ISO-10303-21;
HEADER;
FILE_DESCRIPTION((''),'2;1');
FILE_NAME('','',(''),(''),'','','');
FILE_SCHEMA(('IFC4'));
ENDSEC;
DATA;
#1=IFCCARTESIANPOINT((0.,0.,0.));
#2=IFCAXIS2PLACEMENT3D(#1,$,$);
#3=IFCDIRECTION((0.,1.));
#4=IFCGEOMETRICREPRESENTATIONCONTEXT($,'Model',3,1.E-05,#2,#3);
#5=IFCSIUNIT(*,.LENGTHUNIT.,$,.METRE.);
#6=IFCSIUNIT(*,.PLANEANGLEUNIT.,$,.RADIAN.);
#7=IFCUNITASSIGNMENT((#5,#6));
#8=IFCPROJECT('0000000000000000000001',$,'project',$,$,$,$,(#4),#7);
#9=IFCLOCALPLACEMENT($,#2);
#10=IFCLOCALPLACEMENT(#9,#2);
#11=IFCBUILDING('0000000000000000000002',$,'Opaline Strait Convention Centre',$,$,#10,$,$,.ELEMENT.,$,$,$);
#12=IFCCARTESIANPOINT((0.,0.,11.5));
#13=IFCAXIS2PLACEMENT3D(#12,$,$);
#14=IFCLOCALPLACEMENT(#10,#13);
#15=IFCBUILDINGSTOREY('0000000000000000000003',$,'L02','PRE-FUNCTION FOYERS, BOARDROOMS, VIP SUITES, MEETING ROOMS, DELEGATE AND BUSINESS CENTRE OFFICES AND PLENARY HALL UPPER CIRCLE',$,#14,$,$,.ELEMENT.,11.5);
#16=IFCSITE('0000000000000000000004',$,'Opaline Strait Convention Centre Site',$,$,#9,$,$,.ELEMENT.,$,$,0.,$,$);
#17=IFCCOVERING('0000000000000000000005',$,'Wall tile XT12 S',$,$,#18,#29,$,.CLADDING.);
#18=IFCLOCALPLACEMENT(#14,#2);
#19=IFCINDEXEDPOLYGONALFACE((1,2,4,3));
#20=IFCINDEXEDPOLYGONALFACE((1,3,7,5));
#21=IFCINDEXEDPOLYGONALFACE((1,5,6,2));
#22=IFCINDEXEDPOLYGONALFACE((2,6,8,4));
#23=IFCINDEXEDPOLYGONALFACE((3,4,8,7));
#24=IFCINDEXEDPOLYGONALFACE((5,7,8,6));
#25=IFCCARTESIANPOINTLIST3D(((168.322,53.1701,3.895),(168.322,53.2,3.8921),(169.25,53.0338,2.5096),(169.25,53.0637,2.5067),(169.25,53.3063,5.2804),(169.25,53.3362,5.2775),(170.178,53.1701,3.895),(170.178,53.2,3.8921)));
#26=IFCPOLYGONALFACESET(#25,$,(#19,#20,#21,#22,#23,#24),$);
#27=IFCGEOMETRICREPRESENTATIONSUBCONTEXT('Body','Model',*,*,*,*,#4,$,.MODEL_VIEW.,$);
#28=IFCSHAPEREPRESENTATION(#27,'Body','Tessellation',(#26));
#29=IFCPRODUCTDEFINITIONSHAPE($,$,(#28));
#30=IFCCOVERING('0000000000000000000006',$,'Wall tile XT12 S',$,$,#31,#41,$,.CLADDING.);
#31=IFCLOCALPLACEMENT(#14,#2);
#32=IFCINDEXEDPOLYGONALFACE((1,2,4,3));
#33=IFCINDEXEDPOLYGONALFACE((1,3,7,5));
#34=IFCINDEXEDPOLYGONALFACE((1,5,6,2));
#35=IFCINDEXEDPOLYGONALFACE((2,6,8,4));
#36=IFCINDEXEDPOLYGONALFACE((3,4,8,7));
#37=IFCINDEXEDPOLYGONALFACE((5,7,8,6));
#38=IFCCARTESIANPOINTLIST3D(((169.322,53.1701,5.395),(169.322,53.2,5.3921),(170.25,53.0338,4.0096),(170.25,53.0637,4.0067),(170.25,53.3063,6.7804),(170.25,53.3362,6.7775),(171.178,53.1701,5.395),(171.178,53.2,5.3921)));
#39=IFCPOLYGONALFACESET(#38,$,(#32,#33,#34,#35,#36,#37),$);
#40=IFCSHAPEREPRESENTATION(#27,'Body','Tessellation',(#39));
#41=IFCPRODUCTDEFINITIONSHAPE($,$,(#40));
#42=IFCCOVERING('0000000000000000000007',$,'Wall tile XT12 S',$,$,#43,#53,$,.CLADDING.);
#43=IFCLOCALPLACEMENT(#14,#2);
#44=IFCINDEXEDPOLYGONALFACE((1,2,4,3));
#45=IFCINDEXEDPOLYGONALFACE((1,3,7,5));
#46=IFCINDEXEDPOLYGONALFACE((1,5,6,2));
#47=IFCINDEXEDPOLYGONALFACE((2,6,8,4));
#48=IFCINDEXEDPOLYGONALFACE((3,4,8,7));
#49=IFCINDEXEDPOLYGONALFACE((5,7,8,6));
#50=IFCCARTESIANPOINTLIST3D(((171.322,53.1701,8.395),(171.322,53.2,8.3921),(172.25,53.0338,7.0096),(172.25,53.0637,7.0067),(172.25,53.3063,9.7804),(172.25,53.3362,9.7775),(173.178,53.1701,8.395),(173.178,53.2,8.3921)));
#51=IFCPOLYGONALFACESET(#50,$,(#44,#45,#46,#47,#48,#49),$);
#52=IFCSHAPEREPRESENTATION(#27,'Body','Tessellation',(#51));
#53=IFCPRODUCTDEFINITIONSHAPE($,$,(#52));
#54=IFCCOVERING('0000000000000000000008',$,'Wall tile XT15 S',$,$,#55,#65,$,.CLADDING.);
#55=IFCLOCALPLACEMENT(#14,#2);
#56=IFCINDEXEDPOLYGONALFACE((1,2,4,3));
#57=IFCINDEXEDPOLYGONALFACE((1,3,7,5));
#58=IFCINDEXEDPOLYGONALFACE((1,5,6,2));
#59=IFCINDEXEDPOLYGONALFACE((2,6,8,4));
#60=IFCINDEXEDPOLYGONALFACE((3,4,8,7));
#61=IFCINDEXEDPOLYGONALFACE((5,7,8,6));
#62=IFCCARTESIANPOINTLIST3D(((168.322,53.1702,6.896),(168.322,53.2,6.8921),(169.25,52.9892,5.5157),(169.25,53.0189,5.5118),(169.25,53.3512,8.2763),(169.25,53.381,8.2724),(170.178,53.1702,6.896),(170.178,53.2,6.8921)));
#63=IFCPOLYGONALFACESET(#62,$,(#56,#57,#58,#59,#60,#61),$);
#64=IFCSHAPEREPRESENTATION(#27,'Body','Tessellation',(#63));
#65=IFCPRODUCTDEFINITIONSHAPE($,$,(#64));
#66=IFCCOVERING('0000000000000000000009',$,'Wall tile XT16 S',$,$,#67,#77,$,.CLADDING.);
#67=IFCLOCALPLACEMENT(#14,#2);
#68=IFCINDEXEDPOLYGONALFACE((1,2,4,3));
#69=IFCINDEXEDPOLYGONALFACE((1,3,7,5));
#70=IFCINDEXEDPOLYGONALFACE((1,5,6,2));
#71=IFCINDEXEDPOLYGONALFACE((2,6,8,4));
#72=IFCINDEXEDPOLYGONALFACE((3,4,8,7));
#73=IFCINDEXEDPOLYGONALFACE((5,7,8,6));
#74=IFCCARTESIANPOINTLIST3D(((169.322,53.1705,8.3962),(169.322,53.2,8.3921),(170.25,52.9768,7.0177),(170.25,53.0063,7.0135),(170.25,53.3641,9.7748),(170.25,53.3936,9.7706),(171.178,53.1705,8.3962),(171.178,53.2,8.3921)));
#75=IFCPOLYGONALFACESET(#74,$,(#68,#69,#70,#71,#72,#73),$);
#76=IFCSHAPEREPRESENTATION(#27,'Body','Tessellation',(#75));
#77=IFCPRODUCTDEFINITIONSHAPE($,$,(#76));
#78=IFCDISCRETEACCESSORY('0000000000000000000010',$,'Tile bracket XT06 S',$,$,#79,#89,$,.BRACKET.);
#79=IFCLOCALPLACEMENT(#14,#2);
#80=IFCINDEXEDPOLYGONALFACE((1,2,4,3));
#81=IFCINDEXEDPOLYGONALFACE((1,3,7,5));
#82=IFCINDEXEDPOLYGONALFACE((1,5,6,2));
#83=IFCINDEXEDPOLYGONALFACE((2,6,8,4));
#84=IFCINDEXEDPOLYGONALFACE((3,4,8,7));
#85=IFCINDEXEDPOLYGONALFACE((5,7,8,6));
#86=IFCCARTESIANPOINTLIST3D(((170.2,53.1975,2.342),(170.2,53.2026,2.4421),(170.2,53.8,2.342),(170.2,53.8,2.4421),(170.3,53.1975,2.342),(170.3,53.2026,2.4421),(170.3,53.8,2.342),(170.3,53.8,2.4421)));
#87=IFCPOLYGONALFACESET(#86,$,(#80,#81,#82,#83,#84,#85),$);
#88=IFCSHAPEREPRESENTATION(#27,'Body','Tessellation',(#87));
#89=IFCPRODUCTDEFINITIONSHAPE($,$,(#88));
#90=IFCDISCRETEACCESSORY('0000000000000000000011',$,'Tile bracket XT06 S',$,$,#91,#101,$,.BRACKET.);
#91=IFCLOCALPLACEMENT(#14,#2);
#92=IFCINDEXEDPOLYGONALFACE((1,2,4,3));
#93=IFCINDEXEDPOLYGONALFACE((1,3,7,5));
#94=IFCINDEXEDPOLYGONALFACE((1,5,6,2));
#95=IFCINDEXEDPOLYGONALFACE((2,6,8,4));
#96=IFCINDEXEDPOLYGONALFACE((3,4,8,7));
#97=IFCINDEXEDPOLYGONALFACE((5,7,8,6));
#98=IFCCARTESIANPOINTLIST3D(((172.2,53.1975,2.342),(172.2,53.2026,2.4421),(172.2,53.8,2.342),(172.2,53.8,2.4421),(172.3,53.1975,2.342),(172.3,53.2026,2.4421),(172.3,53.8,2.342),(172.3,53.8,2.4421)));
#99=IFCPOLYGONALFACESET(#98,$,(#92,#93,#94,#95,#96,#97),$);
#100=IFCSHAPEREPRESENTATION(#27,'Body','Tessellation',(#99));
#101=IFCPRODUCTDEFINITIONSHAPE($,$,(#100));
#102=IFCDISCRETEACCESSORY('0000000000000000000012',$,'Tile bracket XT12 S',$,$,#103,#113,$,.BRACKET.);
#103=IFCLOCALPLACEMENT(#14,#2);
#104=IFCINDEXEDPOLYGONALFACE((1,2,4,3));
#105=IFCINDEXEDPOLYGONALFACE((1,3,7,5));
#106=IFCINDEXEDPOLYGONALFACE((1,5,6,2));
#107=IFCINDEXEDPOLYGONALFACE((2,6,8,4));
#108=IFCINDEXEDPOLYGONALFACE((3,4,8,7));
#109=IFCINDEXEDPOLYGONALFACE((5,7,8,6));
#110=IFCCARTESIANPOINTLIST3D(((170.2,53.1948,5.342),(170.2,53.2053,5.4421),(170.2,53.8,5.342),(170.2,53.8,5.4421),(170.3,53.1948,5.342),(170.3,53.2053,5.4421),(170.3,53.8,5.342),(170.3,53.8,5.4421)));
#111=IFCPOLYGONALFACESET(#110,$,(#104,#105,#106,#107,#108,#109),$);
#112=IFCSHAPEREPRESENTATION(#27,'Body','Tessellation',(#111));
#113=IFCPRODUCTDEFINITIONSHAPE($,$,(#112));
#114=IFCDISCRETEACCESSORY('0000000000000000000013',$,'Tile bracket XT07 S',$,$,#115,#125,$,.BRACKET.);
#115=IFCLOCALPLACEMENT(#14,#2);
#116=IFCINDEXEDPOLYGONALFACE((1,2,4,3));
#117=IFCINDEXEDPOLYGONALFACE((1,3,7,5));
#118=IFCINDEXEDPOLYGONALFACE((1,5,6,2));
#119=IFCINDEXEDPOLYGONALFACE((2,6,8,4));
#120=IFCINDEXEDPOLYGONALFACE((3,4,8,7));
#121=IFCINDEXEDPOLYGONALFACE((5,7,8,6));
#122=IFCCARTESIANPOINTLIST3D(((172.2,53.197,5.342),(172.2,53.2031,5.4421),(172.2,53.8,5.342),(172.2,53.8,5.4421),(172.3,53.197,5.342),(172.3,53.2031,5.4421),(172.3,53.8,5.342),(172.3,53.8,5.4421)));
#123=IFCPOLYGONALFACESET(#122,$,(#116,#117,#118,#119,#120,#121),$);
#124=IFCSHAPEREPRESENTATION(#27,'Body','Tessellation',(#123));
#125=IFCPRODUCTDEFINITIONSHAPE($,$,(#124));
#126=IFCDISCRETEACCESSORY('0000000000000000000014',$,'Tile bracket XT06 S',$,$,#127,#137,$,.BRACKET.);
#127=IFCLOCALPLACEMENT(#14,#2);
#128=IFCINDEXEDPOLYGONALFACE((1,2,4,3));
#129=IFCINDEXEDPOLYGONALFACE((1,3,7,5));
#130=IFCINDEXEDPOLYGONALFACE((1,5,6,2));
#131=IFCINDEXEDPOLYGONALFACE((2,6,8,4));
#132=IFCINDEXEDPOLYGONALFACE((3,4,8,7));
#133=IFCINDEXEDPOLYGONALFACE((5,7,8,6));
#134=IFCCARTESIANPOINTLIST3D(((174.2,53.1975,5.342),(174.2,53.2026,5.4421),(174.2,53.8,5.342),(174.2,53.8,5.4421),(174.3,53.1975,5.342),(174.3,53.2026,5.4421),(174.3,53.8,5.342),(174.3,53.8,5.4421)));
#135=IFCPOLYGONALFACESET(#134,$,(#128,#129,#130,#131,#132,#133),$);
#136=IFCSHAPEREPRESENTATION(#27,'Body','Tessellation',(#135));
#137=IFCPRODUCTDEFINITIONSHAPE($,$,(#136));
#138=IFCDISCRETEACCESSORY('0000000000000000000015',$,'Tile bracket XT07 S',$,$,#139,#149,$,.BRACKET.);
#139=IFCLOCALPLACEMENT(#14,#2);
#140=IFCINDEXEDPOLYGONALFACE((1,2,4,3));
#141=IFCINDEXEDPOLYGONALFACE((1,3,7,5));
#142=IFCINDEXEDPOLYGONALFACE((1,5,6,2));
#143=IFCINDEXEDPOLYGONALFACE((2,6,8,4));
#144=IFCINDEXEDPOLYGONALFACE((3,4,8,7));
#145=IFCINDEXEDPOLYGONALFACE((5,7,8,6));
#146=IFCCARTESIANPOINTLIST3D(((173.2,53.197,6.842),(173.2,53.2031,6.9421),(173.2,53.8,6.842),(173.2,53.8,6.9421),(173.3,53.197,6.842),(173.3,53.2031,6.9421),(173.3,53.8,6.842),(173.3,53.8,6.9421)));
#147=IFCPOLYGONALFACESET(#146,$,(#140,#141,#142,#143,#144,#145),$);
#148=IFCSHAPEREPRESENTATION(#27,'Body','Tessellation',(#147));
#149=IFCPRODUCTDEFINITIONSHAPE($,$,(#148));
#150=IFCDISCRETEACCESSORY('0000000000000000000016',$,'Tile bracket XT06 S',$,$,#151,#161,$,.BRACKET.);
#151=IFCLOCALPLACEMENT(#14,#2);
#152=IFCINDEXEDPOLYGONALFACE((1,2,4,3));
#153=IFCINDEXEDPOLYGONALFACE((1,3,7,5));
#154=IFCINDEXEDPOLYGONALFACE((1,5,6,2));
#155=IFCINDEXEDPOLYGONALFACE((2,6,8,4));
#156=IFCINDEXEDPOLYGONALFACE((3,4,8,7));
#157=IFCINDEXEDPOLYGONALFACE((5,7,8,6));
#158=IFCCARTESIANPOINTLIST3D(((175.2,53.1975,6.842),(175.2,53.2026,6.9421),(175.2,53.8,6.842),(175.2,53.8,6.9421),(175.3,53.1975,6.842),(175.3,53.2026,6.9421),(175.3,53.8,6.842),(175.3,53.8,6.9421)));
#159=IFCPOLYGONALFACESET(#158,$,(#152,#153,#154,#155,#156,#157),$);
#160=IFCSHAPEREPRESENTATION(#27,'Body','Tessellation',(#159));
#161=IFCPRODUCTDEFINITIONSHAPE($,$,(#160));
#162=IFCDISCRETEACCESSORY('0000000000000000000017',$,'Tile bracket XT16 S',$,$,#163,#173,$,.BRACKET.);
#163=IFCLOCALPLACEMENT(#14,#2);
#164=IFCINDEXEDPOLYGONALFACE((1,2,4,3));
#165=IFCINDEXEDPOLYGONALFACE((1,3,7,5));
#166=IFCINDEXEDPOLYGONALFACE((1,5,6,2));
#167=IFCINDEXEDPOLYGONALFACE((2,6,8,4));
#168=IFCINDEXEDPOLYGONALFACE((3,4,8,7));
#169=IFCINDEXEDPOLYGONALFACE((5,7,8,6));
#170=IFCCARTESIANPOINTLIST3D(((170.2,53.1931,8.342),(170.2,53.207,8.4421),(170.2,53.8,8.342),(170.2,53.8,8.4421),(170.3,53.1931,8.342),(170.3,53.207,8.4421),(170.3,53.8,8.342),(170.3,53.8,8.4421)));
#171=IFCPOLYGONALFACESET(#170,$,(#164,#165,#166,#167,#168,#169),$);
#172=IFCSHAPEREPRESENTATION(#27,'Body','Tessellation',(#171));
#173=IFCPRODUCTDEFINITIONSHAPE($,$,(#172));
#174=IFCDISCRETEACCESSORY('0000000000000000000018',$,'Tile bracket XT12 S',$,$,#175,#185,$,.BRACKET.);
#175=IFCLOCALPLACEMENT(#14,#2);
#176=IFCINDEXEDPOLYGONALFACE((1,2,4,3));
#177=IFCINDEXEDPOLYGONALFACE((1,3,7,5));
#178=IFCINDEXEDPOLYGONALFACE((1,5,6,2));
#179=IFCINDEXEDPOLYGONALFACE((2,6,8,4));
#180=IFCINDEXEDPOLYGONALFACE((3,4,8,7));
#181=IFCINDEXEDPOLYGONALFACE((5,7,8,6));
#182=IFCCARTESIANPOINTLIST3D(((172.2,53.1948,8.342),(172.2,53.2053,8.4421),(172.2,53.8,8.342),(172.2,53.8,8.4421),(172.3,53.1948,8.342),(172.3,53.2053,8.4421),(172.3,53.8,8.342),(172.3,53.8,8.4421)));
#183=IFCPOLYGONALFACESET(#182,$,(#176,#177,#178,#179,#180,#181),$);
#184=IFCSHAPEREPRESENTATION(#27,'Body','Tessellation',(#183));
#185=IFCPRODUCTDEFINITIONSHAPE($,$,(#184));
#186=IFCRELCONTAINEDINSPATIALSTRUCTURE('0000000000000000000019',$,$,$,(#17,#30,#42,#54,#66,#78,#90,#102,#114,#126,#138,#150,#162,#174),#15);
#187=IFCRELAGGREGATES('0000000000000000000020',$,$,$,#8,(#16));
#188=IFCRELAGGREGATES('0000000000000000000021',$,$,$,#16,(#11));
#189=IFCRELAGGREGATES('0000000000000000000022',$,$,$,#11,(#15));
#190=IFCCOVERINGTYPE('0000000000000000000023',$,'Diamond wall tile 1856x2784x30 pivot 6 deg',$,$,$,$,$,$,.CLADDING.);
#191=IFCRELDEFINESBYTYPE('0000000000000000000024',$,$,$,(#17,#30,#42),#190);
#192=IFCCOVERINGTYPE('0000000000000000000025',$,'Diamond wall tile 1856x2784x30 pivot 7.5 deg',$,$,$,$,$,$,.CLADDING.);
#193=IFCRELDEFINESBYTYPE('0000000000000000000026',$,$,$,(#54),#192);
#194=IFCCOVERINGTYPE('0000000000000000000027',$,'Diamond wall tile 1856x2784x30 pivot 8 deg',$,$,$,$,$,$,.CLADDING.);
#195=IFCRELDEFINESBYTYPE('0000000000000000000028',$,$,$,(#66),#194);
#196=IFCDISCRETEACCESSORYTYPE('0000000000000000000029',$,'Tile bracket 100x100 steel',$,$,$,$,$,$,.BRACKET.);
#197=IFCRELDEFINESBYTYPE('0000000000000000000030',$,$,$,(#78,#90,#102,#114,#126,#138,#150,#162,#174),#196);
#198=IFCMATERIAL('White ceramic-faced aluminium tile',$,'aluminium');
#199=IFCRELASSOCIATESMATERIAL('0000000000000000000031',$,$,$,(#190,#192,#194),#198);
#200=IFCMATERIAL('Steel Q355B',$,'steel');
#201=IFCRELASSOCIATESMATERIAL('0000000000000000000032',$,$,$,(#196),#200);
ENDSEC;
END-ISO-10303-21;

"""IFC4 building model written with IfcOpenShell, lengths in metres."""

from ifc_helpers import new_model, si_unit, direction, frame, origin, place, context, subcontext, project, spatial, polyline, outline, extrude, material, material_profile, profile_set, type_object, element, save


model = new_model("IFC4")

# Units and contexts
model_context = context("Model", 3, precision=1e-05, world=origin(), true_north=direction((0.0, 1.0)))
body_context = subcontext(model_context, "Body", "Model", "MODEL_VIEW")
ifc_project = project(units=[si_unit("LENGTHUNIT", "METRE"), si_unit("PLANEANGLEUNIT", "RADIAN")], contexts=[model_context])

# Site, building, storey
site_placement = place(None, origin())
site = spatial("IfcSite", under=ifc_project, at=site_placement, Name="Opaline Strait Convention Centre Site", CompositionType="ELEMENT", RefElevation=0.0)
building_placement = place(site_placement, origin())
building = spatial("IfcBuilding", under=site, at=building_placement, Name="Opaline Strait Convention Centre", CompositionType="ELEMENT")
storey_placement = place(building_placement, frame((0.0, 0.0, 11.5)))
storey = spatial("IfcBuildingStorey", under=building, at=storey_placement, Name="L02", Description="PRE-FUNCTION FOYERS, BOARDROOMS, VIP SUITES, MEETING ROOMS, DELEGATE AND BUSINESS CENTRE OFFICES AND PLENARY HALL UPPER CIRCLE", CompositionType="ELEMENT", Elevation=11.5)

# Shared definitions
ifc_material_1 = material(Name="Steel Q355B", Category="steel")

# Coverings
ifc_material_2 = material(Name="White ceramic-faced aluminium tile", Category="aluminium")
ifc_material_profile_1 = material_profile(ifc_material_2, outline(polyline([(0.928, 0.0), (0.0, 1.3921), (-0.928, 0.0), (0.0, -1.3921), (0.928, 0.0)])), Name="Diamond tile 1856x2784")
ifc_profile_set_1 = profile_set([ifc_material_profile_1], Name="White ceramic-faced aluminium tile")
covering_type_1 = type_object("IfcCoveringType", Name="Diamond wall tile 1856x2784x30 pivot 6 deg", PredefinedType="CLADDING", material=ifc_profile_set_1)
for number, where, z_axis, x_axis, name in (
    (1, (169.25, 53.2, 3.8921), (0.0, -0.995197, 0.097888), (1.0, 0.0, 0.0), "Wall tile XT12 S"),
    (2, (170.25, 53.2, 5.3921), (0.0, -0.995197, 0.097888), (1.0, 0.0, 0.0), "Wall tile XT12 S"),
    (3, (172.25, 53.2, 8.3921), (0.0, -0.995197, 0.097888), (1.0, 0.0, 0.0), "Wall tile XT12 S"),
):
    element("IfcCovering", number, at=place(storey_placement, frame(where, z_axis=z_axis, x_axis=x_axis)), inside=storey, type_object=covering_type_1, Name=name, PredefinedType="CLADDING", context=body_context, shape_type="SweptSolid", body=[
        extrude(outline(polyline([(0.928, 0.0), (0.0, 1.3921), (-0.928, 0.0), (0.0, -1.3921), (0.928, 0.0)])), origin(), (0.0, 0.0, 1.0), 0.03),
    ])
ifc_material_profile_2 = material_profile(ifc_material_2, outline(polyline([(0.928, 0.0), (0.0, 1.3921), (-0.928, 0.0), (0.0, -1.3921), (0.928, 0.0)])), Name="Diamond tile 1856x2784")
ifc_profile_set_2 = profile_set([ifc_material_profile_2], Name="White ceramic-faced aluminium tile")
covering_type_2 = type_object("IfcCoveringType", Name="Diamond wall tile 1856x2784x30 pivot 7.5 deg", PredefinedType="CLADDING", material=ifc_profile_set_2)
covering_1_placement = place(storey_placement, frame((169.25, 53.2, 6.8921), z_axis=(0.0, -0.99151, 0.130034), x_axis=(1.0, 0.0, 0.0)))
element("IfcCovering", 4, at=covering_1_placement, inside=storey, type_object=covering_type_2, Name="Wall tile XT15 S", PredefinedType="CLADDING", context=body_context, shape_type="SweptSolid", body=[
    extrude(outline(polyline([(0.928, 0.0), (0.0, 1.3921), (-0.928, 0.0), (0.0, -1.3921), (0.928, 0.0)])), origin(), (0.0, 0.0, 1.0), 0.03),
])
ifc_material_profile_3 = material_profile(ifc_material_2, outline(polyline([(0.928, 0.0), (0.0, 1.3921), (-0.928, 0.0), (0.0, -1.3921), (0.928, 0.0)])), Name="Diamond tile 1856x2784")
ifc_profile_set_3 = profile_set([ifc_material_profile_3], Name="White ceramic-faced aluminium tile")
covering_type_3 = type_object("IfcCoveringType", Name="Diamond wall tile 1856x2784x30 pivot 8 deg", PredefinedType="CLADDING", material=ifc_profile_set_3)
covering_2_placement = place(storey_placement, frame((170.25, 53.2, 8.3921), z_axis=(0.0, -0.990274, 0.139129), x_axis=(1.0, 0.0, 0.0)))
element("IfcCovering", 5, at=covering_2_placement, inside=storey, type_object=covering_type_3, Name="Wall tile XT16 S", PredefinedType="CLADDING", context=body_context, shape_type="SweptSolid", body=[
    extrude(outline(polyline([(0.928, 0.0), (0.0, 1.3921), (-0.928, 0.0), (0.0, -1.3921), (0.928, 0.0)])), origin(), (0.0, 0.0, 1.0), 0.0298),
])

# Discrete accessories
discrete_accessory_type = type_object("IfcDiscreteAccessoryType", Name="Tile bracket 100x100 steel", PredefinedType="BRACKET", material=ifc_material_1)
for number, where, z_axis, x_axis, name in (
    (6, (170.2, 53.8, 2.3921), (1.0, 0.0, 0.0), (0.0, 1.0, 0.0), "Tile bracket XT06 S"),
    (7, (172.2, 53.8, 2.3921), (1.0, 0.0, 0.0), (0.0, 1.0, 0.0), "Tile bracket XT06 S"),
):
    element("IfcDiscreteAccessory", number, at=place(storey_placement, frame(where, z_axis=z_axis, x_axis=x_axis)), inside=storey, type_object=discrete_accessory_type, Name=name, PredefinedType="BRACKET", context=body_context, shape_type="SweptSolid", body=[
        extrude(outline(polyline([(0.0, -0.05), (0.0, 0.05), (-0.5974, 0.05), (-0.6025, -0.05), (0.0, -0.05)])), origin(), (0.0, 0.0, 1.0), 0.1001),
    ])
discrete_accessory_1_placement = place(storey_placement, frame((170.2, 53.8, 5.3921), z_axis=(1.0, 0.0, 0.0), x_axis=(0.0, 1.0, 0.0)))
element("IfcDiscreteAccessory", 8, at=discrete_accessory_1_placement, inside=storey, type_object=discrete_accessory_type, Name="Tile bracket XT12 S", PredefinedType="BRACKET", context=body_context, shape_type="SweptSolid", body=[
    extrude(outline(polyline([(0.0, -0.05), (0.0, 0.05), (-0.5947, 0.05), (-0.6052, -0.05), (0.0, -0.05)])), origin(), (0.0, 0.0, 1.0), 0.1001),
])
discrete_accessory_2_placement = place(storey_placement, frame((172.2, 53.8, 5.3921), z_axis=(1.0, 0.0, 0.0), x_axis=(0.0, 1.0, 0.0)))
element("IfcDiscreteAccessory", 9, at=discrete_accessory_2_placement, inside=storey, type_object=discrete_accessory_type, Name="Tile bracket XT07 S", PredefinedType="BRACKET", context=body_context, shape_type="SweptSolid", body=[
    extrude(outline(polyline([(0.0, -0.05), (0.0, 0.05), (-0.5969, 0.05), (-0.603, -0.05), (0.0, -0.05)])), origin(), (0.0, 0.0, 1.0), 0.1001),
])
discrete_accessory_3_placement = place(storey_placement, frame((174.2, 53.8, 5.3921), z_axis=(1.0, 0.0, 0.0), x_axis=(0.0, 1.0, 0.0)))
element("IfcDiscreteAccessory", 10, at=discrete_accessory_3_placement, inside=storey, type_object=discrete_accessory_type, Name="Tile bracket XT06 S", PredefinedType="BRACKET", context=body_context, shape_type="SweptSolid", body=[
    extrude(outline(polyline([(0.0, -0.05), (0.0, 0.05), (-0.5974, 0.05), (-0.6025, -0.05), (0.0, -0.05)])), origin(), (0.0, 0.0, 1.0), 0.1001),
])
discrete_accessory_4_placement = place(storey_placement, frame((173.2, 53.8, 6.8921), z_axis=(1.0, 0.0, 0.0), x_axis=(0.0, 1.0, 0.0)))
element("IfcDiscreteAccessory", 11, at=discrete_accessory_4_placement, inside=storey, type_object=discrete_accessory_type, Name="Tile bracket XT07 S", PredefinedType="BRACKET", context=body_context, shape_type="SweptSolid", body=[
    extrude(outline(polyline([(0.0, -0.05), (0.0, 0.05), (-0.5969, 0.05), (-0.603, -0.05), (0.0, -0.05)])), origin(), (0.0, 0.0, 1.0), 0.1001),
])
discrete_accessory_5_placement = place(storey_placement, frame((175.2, 53.8, 6.8921), z_axis=(1.0, 0.0, 0.0), x_axis=(0.0, 1.0, 0.0)))
element("IfcDiscreteAccessory", 12, at=discrete_accessory_5_placement, inside=storey, type_object=discrete_accessory_type, Name="Tile bracket XT06 S", PredefinedType="BRACKET", context=body_context, shape_type="SweptSolid", body=[
    extrude(outline(polyline([(0.0, -0.05), (0.0, 0.05), (-0.5974, 0.05), (-0.6025, -0.05), (0.0, -0.05)])), origin(), (0.0, 0.0, 1.0), 0.1001),
])
discrete_accessory_6_placement = place(storey_placement, frame((170.2, 53.8, 8.3921), z_axis=(1.0, 0.0, 0.0), x_axis=(0.0, 1.0, 0.0)))
element("IfcDiscreteAccessory", 13, at=discrete_accessory_6_placement, inside=storey, type_object=discrete_accessory_type, Name="Tile bracket XT16 S", PredefinedType="BRACKET", context=body_context, shape_type="SweptSolid", body=[
    extrude(outline(polyline([(0.0, -0.05), (0.0, 0.05), (-0.593, 0.05), (-0.6069, -0.05), (0.0, -0.05)])), origin(), (0.0, 0.0, 1.0), 0.1001),
])
discrete_accessory_7_placement = place(storey_placement, frame((172.2, 53.8, 8.3921), z_axis=(1.0, 0.0, 0.0), x_axis=(0.0, 1.0, 0.0)))
element("IfcDiscreteAccessory", 14, at=discrete_accessory_7_placement, inside=storey, type_object=discrete_accessory_type, Name="Tile bracket XT12 S", PredefinedType="BRACKET", context=body_context, shape_type="SweptSolid", body=[
    extrude(outline(polyline([(0.0, -0.05), (0.0, 0.05), (-0.5947, 0.05), (-0.6052, -0.05), (0.0, -0.05)])), origin(), (0.0, 0.0, 1.0), 0.1001),
])

save(model, "model.ifc")
